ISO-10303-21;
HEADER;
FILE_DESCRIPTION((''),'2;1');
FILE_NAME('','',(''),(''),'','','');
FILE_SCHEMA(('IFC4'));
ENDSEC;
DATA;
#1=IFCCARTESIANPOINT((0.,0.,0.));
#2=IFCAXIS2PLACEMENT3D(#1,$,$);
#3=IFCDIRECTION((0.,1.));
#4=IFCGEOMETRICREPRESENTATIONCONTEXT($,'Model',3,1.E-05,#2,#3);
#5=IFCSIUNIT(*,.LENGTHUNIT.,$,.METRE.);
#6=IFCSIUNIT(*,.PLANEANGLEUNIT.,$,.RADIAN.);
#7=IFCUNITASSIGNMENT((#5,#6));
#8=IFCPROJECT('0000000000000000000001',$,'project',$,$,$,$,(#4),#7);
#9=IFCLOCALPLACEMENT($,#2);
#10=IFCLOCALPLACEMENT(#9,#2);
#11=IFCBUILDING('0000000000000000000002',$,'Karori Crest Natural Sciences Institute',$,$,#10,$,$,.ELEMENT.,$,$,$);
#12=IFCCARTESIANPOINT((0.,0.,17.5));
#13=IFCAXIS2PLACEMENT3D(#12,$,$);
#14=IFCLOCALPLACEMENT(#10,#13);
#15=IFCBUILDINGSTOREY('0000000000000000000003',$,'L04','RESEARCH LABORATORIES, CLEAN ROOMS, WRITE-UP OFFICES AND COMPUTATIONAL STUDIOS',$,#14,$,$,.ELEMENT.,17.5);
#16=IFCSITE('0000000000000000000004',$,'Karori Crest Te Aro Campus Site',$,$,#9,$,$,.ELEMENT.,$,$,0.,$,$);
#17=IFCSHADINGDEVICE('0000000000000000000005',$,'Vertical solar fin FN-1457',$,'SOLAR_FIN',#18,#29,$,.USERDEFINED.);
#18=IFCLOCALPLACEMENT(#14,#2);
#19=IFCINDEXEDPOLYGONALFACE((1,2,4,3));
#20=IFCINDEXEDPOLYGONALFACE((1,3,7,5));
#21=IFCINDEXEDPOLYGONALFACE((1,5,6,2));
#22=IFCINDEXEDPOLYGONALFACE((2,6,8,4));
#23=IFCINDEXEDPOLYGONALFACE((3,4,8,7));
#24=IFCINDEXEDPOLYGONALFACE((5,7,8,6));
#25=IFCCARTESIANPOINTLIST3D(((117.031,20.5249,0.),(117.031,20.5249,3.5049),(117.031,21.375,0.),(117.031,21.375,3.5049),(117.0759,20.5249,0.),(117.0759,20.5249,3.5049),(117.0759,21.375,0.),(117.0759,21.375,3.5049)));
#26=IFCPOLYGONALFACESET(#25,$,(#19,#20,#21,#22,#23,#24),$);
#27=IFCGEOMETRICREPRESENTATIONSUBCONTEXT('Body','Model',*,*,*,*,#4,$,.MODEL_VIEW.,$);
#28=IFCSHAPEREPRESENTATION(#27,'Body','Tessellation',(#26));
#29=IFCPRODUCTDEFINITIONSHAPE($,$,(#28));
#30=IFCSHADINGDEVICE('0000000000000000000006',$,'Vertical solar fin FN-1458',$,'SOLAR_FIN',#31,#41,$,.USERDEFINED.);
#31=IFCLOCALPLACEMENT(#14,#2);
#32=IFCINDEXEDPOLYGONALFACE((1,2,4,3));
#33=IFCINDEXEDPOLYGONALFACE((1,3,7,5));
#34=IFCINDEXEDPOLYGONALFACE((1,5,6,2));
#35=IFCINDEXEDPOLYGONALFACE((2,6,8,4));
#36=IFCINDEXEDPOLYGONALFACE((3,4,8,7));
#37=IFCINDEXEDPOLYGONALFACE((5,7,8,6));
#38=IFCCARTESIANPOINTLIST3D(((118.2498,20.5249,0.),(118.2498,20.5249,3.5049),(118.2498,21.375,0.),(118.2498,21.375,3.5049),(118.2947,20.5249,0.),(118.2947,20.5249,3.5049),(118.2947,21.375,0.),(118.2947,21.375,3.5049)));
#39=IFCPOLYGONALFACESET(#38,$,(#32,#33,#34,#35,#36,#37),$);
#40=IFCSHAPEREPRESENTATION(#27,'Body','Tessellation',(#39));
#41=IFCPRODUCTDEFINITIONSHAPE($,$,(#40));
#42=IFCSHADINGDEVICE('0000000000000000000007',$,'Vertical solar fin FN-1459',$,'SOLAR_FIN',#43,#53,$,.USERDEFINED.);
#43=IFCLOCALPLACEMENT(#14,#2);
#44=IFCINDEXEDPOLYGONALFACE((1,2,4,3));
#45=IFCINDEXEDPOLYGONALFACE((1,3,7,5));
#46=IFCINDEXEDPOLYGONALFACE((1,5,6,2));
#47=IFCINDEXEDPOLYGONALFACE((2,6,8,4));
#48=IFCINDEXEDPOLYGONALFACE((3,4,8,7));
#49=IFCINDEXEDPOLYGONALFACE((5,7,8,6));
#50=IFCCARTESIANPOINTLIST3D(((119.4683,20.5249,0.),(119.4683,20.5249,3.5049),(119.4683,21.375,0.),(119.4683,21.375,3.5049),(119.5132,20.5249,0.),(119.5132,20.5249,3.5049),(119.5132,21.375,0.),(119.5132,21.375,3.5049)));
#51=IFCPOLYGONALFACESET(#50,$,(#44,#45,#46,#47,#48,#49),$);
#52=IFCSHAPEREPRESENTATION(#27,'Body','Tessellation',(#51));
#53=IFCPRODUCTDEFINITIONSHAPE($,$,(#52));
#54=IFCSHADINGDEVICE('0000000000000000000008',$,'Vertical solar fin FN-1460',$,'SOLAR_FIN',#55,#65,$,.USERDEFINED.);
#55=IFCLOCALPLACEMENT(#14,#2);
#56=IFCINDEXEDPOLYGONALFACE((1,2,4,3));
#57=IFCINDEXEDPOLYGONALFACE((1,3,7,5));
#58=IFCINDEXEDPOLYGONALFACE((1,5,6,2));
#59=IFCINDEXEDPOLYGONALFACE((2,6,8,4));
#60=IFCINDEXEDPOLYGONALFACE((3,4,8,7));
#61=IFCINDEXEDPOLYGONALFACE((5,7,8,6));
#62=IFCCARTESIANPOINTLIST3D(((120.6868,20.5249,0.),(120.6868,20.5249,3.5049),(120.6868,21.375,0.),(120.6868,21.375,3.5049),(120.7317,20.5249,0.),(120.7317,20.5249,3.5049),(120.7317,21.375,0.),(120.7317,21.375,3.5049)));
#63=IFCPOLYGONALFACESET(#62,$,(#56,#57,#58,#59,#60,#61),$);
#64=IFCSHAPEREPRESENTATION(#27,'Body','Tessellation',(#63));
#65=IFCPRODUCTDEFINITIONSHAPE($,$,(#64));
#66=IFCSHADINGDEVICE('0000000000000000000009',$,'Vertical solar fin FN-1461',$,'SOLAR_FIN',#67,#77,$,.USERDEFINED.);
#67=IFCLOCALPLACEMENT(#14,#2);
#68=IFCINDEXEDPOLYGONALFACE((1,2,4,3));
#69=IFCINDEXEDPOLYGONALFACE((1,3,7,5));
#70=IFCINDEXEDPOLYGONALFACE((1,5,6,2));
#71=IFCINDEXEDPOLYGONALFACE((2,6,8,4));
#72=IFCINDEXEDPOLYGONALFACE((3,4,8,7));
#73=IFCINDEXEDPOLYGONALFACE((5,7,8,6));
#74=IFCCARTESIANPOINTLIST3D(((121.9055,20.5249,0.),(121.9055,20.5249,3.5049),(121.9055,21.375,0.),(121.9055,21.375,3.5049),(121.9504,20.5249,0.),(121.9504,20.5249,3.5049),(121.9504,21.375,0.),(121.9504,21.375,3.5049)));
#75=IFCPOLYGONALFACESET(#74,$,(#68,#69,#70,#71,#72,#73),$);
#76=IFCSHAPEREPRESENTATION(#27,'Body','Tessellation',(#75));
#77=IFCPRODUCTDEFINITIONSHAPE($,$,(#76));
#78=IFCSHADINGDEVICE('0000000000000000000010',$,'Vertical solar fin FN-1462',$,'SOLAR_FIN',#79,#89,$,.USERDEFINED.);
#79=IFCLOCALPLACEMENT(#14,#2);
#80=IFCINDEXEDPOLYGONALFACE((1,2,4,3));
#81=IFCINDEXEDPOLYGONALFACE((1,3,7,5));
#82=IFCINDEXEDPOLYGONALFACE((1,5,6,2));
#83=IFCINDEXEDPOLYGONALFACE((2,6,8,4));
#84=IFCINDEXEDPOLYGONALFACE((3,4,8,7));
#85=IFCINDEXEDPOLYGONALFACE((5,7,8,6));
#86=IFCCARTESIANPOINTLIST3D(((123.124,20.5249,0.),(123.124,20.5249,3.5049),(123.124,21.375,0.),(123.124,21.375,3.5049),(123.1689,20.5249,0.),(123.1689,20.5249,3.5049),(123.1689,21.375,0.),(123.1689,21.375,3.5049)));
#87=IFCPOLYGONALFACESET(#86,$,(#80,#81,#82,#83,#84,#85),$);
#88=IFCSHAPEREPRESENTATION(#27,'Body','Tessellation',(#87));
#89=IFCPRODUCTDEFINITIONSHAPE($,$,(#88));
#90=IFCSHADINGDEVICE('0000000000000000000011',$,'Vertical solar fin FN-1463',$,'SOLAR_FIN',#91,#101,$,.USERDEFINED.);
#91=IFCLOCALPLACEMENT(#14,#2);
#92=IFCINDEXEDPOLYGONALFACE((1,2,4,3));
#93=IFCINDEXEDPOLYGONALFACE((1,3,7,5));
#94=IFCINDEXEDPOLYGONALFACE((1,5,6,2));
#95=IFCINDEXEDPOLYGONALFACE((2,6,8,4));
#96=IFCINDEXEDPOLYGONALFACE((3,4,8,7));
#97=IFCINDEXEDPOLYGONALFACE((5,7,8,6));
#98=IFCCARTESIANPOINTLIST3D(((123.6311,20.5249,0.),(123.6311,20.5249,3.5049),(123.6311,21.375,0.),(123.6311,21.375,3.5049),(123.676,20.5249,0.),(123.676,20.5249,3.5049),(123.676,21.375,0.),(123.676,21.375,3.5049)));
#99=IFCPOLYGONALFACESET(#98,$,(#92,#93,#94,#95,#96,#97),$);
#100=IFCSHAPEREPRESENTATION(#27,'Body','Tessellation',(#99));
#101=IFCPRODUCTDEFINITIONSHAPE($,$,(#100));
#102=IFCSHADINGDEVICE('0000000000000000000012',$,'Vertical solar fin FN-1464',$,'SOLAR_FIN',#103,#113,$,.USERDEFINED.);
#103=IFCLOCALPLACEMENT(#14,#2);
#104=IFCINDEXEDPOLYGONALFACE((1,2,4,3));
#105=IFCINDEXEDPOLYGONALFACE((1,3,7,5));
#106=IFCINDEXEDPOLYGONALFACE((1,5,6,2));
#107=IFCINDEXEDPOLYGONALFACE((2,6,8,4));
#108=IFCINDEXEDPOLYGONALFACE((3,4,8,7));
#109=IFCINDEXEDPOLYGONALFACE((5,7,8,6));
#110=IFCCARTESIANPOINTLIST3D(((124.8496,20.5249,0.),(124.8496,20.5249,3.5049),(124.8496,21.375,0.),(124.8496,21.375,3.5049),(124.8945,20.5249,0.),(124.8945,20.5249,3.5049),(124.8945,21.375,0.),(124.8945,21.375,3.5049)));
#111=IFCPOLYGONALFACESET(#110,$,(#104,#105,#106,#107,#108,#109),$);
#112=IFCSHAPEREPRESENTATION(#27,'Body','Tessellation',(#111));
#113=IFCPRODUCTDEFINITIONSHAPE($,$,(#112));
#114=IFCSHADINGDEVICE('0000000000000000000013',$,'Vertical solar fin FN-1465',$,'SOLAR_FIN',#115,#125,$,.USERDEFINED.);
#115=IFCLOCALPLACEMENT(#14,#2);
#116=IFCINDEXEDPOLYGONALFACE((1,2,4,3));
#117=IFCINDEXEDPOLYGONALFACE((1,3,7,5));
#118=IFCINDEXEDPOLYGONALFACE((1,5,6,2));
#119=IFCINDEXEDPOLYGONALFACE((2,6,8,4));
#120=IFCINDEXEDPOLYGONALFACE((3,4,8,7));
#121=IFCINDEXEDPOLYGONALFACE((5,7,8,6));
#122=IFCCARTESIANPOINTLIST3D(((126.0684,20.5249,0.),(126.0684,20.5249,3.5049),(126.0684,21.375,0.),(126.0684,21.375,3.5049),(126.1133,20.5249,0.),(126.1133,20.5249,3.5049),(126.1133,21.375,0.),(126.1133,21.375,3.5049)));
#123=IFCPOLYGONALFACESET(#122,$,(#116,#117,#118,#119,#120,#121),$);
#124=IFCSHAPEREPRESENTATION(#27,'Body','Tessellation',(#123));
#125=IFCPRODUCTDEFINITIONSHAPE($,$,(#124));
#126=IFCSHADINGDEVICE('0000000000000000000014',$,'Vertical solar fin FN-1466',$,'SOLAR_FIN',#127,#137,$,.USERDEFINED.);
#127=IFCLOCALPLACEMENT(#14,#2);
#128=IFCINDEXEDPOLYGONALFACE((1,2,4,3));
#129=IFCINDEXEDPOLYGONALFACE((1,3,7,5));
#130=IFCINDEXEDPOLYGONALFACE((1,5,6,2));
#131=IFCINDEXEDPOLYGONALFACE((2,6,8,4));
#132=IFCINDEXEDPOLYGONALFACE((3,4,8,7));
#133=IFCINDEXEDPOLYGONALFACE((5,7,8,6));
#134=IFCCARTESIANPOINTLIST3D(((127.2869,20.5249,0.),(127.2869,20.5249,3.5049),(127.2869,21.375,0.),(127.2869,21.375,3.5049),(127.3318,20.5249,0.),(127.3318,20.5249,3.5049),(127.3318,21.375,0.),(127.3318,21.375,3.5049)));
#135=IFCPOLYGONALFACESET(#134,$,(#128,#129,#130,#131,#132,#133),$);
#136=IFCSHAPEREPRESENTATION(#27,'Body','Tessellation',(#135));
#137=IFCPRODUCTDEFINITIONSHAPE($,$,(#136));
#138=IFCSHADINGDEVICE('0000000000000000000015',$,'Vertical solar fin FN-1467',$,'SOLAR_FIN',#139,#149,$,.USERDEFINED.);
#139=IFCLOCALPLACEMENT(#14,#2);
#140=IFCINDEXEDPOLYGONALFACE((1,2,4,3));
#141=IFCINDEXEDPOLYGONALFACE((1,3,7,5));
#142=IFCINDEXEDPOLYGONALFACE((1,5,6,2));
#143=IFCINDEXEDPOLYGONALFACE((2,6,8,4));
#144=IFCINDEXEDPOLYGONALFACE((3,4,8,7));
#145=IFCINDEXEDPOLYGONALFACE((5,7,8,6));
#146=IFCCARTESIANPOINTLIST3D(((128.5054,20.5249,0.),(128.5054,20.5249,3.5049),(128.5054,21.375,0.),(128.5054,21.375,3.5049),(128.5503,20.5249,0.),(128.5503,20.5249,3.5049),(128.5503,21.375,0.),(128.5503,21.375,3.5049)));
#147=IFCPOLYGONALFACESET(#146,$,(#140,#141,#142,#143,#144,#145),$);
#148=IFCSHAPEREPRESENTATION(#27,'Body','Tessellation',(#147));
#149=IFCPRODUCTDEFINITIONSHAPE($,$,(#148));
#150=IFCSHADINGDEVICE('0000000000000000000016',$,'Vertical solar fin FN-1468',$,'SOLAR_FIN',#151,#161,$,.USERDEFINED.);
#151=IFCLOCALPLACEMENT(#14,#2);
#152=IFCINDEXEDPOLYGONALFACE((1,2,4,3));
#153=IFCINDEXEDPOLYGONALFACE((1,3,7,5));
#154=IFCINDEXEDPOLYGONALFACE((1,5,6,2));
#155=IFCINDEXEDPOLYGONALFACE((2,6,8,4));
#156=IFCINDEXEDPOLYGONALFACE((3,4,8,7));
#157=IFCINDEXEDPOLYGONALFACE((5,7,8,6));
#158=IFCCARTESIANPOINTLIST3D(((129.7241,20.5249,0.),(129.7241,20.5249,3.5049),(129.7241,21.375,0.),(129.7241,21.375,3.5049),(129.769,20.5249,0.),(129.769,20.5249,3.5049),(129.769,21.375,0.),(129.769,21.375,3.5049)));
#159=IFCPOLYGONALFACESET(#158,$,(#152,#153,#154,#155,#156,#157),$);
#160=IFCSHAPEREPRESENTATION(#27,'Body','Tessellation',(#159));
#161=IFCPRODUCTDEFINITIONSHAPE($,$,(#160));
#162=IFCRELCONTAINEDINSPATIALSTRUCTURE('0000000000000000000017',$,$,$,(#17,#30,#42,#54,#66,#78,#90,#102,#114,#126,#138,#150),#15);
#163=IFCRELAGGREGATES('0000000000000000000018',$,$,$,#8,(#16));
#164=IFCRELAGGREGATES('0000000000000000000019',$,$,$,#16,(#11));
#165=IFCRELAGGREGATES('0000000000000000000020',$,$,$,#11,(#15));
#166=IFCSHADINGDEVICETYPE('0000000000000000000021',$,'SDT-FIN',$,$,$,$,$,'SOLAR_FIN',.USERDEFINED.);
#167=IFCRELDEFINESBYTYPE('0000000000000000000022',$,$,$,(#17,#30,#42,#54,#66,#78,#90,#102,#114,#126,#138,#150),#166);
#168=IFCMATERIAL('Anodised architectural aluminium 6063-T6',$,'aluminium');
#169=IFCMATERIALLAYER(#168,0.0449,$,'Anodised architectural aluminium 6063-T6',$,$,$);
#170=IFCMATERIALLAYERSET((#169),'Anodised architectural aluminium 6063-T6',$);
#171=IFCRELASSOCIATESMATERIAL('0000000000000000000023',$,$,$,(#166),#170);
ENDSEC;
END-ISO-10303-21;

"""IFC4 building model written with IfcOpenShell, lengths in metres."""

from ifc_helpers import new_model, si_unit, direction, frame, origin, origin_2d, place, context, subcontext, project, spatial, rectangle, extrude, material, layer, layer_set, type_object, element, save


model = new_model("IFC4")

# Units and contexts
model_context = context("Model", 3, precision=1e-05, world=origin(), true_north=direction((0.0, 1.0)))
body_context = subcontext(model_context, "Body", "Model", "MODEL_VIEW")
ifc_project = project(units=[si_unit("LENGTHUNIT", "METRE"), si_unit("PLANEANGLEUNIT", "RADIAN")], contexts=[model_context])

# Site, building, storey
site_placement = place(None, origin())
site = spatial("IfcSite", under=ifc_project, at=site_placement, Name="Karori Crest Te Aro Campus Site", CompositionType="ELEMENT", RefElevation=0.0)
building_placement = place(site_placement, origin())
building = spatial("IfcBuilding", under=site, at=building_placement, Name="Karori Crest Natural Sciences Institute", CompositionType="ELEMENT")
storey_placement = place(building_placement, frame((0.0, 0.0, 17.5)))
storey = spatial("IfcBuildingStorey", under=building, at=storey_placement, Name="L04", Description="RESEARCH LABORATORIES, CLEAN ROOMS, WRITE-UP OFFICES AND COMPUTATIONAL STUDIOS", CompositionType="ELEMENT", Elevation=17.5)

# Shading devices
ifc_material_1 = material(Name="Anodised architectural aluminium 6063-T6", Category="aluminium")
ifc_layer = layer(ifc_material_1, 0.0449, Name="Anodised architectural aluminium 6063-T6")
ifc_layer_set = layer_set([ifc_layer], Name="Anodised architectural aluminium 6063-T6")
shading_device_type = type_object("IfcShadingDeviceType", Name="SDT-FIN", ElementType="SOLAR_FIN", PredefinedType="USERDEFINED", material=ifc_layer_set)
for number, where, z_axis, x_axis, name in (
    (1, (117.0535, 20.95, 0.0), (0.0, 0.0, 1.0), (0.0, 1.0, 0.0), "Vertical solar fin FN-1457"),
    (2, (118.2722, 20.95, 0.0), (0.0, 0.0, 1.0), (0.0, 1.0, 0.0), "Vertical solar fin FN-1458"),
    (3, (119.4907, 20.95, 0.0), (0.0, 0.0, 1.0), (0.0, 1.0, 0.0), "Vertical solar fin FN-1459"),
    (4, (120.7092, 20.95, 0.0), (0.0, 0.0, 1.0), (0.0, 1.0, 0.0), "Vertical solar fin FN-1460"),
    (5, (121.928, 20.95, 0.0), (0.0, 0.0, 1.0), (0.0, 1.0, 0.0), "Vertical solar fin FN-1461"),
    (6, (123.1465, 20.95, 0.0), (0.0, 0.0, 1.0), (0.0, 1.0, 0.0), "Vertical solar fin FN-1462"),
    (7, (123.6536, 20.95, 0.0), (0.0, 0.0, 1.0), (0.0, 1.0, 0.0), "Vertical solar fin FN-1463"),
    (8, (124.8721, 20.95, 0.0), (0.0, 0.0, 1.0), (0.0, 1.0, 0.0), "Vertical solar fin FN-1464"),
    (9, (126.0908, 20.95, 0.0), (0.0, 0.0, 1.0), (0.0, 1.0, 0.0), "Vertical solar fin FN-1465"),
    (10, (127.3093, 20.95, 0.0), (0.0, 0.0, 1.0), (0.0, 1.0, 0.0), "Vertical solar fin FN-1466"),
    (11, (128.5278, 20.95, 0.0), (0.0, 0.0, 1.0), (0.0, 1.0, 0.0), "Vertical solar fin FN-1467"),
    (12, (129.7466, 20.95, 0.0), (0.0, 0.0, 1.0), (0.0, 1.0, 0.0), "Vertical solar fin FN-1468"),
):
    element("IfcShadingDevice", number, at=place(storey_placement, frame(where, z_axis=z_axis, x_axis=x_axis)), inside=storey, type_object=shading_device_type, Name=name, ObjectType="SOLAR_FIN", PredefinedType="USERDEFINED", context=body_context, shape_type="SweptSolid", body=[
        extrude(rectangle(XDim=0.8501, YDim=0.0449, at=origin_2d()), origin(), (0.0, 0.0, 1.0), 3.5049),
    ])

save(model, "model.ifc")
